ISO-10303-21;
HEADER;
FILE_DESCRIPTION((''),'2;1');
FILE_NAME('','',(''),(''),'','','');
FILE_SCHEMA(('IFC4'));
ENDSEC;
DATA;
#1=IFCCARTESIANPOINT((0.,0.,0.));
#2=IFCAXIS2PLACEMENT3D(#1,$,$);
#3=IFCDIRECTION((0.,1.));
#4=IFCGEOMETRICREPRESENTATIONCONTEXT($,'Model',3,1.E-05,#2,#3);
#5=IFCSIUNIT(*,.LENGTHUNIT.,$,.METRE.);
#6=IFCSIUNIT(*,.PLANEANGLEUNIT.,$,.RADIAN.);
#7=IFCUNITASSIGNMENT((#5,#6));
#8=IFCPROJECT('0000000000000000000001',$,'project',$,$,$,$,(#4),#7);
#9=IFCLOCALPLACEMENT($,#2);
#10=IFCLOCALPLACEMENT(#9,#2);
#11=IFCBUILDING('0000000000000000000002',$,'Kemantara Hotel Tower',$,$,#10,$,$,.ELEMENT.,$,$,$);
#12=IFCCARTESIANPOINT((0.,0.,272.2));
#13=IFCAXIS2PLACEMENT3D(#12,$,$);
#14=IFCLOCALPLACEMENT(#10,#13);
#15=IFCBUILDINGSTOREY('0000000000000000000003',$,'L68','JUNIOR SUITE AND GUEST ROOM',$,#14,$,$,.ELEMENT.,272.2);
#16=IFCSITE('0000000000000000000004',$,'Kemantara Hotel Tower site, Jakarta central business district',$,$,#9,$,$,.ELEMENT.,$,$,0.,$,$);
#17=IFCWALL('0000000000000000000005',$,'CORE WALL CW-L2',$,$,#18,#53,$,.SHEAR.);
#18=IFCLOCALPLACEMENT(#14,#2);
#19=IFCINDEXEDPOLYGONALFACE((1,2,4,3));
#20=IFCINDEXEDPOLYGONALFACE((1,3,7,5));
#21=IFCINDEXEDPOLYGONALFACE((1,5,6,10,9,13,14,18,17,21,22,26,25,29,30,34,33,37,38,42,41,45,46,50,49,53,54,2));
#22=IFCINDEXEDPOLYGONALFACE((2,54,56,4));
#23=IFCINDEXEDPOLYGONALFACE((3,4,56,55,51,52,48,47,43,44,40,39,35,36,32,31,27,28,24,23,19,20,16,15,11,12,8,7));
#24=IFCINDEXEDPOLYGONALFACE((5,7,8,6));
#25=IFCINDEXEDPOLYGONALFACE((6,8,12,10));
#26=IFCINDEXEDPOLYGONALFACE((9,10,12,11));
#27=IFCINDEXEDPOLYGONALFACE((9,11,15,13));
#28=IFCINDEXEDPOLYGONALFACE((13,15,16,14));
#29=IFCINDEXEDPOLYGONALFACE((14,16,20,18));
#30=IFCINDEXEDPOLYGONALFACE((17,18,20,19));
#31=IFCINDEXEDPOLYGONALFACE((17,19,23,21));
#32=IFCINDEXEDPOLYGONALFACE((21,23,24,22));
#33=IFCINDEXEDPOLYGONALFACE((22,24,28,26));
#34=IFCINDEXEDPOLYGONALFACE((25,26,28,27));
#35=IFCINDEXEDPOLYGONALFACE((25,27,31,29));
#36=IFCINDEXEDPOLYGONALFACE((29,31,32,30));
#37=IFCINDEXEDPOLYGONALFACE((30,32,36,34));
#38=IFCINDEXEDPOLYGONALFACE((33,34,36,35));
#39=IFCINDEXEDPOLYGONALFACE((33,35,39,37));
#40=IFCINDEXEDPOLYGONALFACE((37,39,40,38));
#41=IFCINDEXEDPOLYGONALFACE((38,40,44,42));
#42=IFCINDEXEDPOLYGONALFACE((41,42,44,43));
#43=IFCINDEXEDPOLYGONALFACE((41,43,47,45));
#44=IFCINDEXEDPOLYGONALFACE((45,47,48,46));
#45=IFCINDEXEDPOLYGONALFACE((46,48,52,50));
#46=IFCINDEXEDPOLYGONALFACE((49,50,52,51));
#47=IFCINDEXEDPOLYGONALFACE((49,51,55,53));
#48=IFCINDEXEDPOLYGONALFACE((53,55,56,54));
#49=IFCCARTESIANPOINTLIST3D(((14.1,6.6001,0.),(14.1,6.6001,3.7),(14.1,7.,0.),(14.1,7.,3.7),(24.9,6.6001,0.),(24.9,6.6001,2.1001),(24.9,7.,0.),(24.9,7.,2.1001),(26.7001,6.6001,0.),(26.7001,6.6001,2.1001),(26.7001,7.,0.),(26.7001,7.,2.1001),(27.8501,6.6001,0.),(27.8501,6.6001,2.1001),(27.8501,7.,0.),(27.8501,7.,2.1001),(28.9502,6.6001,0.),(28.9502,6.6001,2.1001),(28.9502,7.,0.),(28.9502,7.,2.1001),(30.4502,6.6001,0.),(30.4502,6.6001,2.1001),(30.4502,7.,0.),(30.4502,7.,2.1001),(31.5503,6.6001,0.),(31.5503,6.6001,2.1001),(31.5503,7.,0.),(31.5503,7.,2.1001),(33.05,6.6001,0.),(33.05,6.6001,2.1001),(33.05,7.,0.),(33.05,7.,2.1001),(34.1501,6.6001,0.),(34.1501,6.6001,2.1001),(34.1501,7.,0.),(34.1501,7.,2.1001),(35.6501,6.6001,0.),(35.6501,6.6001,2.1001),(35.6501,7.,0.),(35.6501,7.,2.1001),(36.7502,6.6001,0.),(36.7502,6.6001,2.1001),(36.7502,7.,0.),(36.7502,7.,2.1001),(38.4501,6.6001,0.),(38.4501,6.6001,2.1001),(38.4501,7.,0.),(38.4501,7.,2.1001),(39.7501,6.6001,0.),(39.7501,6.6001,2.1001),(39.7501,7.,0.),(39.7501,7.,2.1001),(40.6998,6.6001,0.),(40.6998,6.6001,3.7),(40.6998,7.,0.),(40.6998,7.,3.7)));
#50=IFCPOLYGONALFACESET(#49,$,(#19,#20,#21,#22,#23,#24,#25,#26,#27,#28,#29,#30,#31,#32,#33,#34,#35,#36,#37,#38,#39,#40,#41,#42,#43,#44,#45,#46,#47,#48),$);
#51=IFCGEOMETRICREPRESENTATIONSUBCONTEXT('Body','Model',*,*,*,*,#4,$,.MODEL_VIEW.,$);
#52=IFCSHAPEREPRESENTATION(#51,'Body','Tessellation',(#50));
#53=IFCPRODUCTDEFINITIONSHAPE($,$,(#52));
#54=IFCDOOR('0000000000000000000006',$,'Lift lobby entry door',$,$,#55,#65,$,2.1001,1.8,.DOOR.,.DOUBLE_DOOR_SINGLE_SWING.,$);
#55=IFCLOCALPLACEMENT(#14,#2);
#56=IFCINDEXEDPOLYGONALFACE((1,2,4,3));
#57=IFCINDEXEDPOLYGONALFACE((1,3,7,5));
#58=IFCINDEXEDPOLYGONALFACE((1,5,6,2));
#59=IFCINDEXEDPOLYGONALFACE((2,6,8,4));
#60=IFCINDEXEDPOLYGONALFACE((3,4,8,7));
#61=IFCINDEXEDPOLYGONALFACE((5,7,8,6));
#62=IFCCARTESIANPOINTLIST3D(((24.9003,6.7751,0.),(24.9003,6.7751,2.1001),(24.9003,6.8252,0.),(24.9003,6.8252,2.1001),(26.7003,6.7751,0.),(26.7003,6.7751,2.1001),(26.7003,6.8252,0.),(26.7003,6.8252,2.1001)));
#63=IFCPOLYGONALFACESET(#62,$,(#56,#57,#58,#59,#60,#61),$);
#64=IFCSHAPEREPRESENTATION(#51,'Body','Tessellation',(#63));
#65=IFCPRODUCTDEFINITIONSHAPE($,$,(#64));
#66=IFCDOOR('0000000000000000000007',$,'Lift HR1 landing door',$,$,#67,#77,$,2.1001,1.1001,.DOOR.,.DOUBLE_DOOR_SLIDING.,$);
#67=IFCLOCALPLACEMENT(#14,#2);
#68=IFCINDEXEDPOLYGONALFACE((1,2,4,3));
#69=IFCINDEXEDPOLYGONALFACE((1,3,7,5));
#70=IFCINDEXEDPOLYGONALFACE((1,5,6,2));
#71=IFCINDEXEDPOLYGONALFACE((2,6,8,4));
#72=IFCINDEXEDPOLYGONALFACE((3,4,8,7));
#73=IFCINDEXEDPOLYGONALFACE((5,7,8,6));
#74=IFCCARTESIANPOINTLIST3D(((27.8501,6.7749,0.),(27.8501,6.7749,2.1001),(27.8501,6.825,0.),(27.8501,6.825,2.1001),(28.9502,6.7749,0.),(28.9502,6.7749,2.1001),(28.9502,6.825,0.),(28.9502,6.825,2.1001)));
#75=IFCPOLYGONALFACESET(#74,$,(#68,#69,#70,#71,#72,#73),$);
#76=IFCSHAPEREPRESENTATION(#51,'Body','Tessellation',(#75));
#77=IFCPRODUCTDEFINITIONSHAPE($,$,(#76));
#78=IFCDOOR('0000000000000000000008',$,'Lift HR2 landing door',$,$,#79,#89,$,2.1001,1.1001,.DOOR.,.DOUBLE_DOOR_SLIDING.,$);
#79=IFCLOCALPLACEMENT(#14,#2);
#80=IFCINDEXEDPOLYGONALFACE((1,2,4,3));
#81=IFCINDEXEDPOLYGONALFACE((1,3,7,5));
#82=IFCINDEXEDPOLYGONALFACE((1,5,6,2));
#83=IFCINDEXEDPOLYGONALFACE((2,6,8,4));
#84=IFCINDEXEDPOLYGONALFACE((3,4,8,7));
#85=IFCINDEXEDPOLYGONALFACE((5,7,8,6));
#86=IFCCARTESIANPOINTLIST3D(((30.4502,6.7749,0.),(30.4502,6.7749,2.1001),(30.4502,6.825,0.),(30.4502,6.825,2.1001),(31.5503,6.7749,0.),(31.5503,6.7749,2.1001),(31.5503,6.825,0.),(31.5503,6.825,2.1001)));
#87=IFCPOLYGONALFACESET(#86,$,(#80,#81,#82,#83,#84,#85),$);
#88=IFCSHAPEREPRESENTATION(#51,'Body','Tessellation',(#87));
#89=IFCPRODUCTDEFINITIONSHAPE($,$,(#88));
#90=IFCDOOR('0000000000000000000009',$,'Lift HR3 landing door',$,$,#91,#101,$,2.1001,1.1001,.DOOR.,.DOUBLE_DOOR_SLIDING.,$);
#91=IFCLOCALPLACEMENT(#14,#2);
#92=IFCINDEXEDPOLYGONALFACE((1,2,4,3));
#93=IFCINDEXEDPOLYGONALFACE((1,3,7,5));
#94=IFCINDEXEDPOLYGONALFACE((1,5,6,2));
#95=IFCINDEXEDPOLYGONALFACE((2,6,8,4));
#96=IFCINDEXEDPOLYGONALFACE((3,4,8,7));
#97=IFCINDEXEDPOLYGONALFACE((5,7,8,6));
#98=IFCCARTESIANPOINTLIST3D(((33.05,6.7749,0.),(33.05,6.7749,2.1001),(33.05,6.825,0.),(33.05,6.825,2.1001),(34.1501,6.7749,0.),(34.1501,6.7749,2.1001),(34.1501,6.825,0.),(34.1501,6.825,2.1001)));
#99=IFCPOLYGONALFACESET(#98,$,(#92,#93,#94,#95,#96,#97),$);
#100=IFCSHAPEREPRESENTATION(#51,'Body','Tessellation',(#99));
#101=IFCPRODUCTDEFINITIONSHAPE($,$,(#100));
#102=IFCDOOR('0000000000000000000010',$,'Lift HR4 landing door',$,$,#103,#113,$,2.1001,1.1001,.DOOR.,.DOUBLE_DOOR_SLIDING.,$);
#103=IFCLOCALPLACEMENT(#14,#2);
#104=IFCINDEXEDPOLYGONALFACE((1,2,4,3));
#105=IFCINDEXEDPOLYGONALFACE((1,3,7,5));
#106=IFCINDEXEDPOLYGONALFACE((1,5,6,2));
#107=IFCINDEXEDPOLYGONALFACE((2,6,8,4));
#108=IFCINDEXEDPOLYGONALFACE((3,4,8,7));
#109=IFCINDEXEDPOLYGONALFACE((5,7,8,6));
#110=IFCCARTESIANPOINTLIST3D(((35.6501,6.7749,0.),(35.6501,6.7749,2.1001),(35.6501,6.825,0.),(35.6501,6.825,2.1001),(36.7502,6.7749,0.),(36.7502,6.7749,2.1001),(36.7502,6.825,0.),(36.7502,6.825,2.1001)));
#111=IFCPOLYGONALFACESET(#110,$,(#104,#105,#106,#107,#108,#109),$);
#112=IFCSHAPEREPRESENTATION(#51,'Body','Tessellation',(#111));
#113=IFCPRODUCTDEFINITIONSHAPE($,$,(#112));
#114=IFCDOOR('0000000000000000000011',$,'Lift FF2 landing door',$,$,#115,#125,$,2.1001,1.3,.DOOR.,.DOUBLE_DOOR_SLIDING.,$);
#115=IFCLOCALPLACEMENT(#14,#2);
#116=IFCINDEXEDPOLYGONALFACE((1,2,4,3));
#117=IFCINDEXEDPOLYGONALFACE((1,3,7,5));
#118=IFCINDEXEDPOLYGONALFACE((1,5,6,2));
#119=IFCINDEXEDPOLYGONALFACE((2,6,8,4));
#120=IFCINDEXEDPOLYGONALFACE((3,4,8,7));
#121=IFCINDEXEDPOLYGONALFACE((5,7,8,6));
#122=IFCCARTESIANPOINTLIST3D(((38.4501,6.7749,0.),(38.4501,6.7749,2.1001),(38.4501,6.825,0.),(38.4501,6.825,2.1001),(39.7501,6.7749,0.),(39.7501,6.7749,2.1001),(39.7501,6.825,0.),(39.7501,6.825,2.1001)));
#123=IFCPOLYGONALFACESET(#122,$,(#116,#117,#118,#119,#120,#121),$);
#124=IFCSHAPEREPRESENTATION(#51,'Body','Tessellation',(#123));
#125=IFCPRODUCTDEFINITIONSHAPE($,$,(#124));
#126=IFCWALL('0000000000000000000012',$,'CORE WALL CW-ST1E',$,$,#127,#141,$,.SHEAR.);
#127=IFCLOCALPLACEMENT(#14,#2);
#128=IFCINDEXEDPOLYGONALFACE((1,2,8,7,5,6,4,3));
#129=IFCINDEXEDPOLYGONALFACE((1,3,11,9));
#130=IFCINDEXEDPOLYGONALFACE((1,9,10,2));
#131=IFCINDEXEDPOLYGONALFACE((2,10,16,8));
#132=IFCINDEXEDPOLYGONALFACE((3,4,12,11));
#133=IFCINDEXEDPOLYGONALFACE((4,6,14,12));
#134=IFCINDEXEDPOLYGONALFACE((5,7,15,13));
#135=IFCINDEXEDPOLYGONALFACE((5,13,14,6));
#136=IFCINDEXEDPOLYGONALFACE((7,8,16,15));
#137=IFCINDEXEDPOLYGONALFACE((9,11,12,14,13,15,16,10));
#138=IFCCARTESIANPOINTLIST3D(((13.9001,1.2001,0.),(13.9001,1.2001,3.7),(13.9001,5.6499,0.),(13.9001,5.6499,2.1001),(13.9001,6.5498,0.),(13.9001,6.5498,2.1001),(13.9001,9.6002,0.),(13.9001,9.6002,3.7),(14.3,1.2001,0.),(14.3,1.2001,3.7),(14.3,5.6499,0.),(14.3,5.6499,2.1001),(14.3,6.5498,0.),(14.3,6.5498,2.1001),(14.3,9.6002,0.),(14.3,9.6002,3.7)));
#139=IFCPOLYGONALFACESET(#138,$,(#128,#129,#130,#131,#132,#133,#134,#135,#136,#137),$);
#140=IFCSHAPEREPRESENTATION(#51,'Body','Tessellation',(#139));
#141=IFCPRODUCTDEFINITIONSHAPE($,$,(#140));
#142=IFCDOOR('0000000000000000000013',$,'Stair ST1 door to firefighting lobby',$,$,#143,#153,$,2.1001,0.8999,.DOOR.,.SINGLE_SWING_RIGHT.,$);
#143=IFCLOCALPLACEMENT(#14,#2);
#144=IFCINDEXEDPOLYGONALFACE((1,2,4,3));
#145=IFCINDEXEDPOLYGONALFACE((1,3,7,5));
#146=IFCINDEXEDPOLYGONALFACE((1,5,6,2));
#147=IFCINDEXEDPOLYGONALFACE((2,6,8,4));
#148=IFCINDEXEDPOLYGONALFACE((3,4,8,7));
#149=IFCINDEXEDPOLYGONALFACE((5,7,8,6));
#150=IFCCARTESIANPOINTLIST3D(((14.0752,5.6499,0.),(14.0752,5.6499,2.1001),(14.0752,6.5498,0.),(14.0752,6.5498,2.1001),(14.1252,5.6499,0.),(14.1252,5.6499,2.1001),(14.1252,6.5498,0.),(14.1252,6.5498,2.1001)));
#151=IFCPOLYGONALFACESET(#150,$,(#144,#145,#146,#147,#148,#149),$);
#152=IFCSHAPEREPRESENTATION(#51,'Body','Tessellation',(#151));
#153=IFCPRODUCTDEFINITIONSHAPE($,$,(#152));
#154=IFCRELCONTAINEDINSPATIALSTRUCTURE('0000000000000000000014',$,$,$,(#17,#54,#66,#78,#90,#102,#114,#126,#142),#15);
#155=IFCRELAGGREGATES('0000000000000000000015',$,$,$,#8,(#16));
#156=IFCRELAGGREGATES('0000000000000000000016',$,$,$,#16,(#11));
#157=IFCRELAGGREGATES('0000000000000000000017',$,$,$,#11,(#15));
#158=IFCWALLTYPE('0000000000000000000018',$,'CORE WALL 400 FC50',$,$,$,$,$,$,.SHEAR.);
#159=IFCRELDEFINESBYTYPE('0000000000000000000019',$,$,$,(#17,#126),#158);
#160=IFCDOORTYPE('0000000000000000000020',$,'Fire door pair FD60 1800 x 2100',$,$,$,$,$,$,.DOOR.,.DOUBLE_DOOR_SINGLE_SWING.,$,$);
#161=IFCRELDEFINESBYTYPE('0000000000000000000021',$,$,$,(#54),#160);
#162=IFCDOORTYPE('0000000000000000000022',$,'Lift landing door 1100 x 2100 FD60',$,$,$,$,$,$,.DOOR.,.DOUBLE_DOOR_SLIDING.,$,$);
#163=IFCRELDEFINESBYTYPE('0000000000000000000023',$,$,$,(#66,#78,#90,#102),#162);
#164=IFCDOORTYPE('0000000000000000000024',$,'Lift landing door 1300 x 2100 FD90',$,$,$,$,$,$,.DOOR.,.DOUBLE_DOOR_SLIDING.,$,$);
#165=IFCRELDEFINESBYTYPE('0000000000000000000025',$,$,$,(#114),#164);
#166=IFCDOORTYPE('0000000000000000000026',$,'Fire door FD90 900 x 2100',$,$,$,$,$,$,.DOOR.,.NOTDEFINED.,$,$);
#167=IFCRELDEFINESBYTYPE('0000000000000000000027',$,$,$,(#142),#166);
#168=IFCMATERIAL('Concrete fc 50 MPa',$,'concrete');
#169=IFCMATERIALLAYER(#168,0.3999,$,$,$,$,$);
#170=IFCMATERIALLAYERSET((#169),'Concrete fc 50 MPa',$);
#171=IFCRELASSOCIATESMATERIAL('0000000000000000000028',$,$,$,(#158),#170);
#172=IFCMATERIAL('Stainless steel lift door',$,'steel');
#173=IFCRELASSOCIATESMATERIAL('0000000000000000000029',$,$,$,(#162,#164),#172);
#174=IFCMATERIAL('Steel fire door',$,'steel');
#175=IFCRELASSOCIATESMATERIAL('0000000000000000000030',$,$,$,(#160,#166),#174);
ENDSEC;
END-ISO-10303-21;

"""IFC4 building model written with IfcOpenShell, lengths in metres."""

from ifc_helpers import new_model, si_unit, direction, frame, frame_2d, origin, place, context, subcontext, project, spatial, rectangle, extrude, material, layer, layer_set, type_object, element, fill, save


model = new_model("IFC4")

# Units and contexts
model_context = context("Model", 3, precision=1e-05, world=origin(), true_north=direction((0.0, 1.0)))
body_context = subcontext(model_context, "Body", "Model", "MODEL_VIEW")
ifc_project = project(units=[si_unit("LENGTHUNIT", "METRE"), si_unit("PLANEANGLEUNIT", "RADIAN")], contexts=[model_context])

# Site, building, storey
site_placement = place(None, origin())
site = spatial("IfcSite", under=ifc_project, at=site_placement, Name="Kemantara Hotel Tower site, Jakarta central business district", CompositionType="ELEMENT", RefElevation=0.0)
building_placement = place(site_placement, origin())
building = spatial("IfcBuilding", under=site, at=building_placement, Name="Kemantara Hotel Tower", CompositionType="ELEMENT")
storey_placement = place(building_placement, frame((0.0, 0.0, 272.2)))
storey = spatial("IfcBuildingStorey", under=building, at=storey_placement, Name="L68", Description="JUNIOR SUITE AND GUEST ROOM", CompositionType="ELEMENT", Elevation=272.2)

# Shared definitions
ifc_material_1 = material(Name="Concrete fc 50 MPa", Category="concrete")

# Wall, openings, doors
ifc_layer_1 = layer(ifc_material_1, 0.3999)
ifc_layer_set_1 = layer_set([ifc_layer_1], Name="Concrete fc 50 MPa")
wall_type_1 = type_object("IfcWallType", Name="CORE WALL 400 FC50", PredefinedType="SHEAR", material=ifc_layer_set_1)
ifc_material_2 = material(Name="Steel fire door", Category="steel")
ifc_material_3 = material(Name="Stainless steel lift door", Category="steel")
door_type_1 = type_object("IfcDoorType", Name="Lift landing door 1100 x 2100 FD60", OperationType="DOUBLE_DOOR_SLIDING", PredefinedType="DOOR", material=ifc_material_3)
door_type_2 = type_object("IfcDoorType", Name="Lift landing door 1300 x 2100 FD90", OperationType="DOUBLE_DOOR_SLIDING", PredefinedType="DOOR", material=ifc_material_3)
wall_1_placement = place(storey_placement, frame((14.1001, 6.8, 0.0), z_axis=(0.0, 0.0, 1.0), x_axis=(1.0, 0.0, 0.0)))
wall_1 = element("IfcWall", 1, at=wall_1_placement, inside=storey, type_object=wall_type_1, Name="CORE WALL CW-L2", PredefinedType="SHEAR", context=body_context, shape_type="SweptSolid", body=[
    extrude(rectangle(XDim=26.5999, YDim=0.3999, at=frame_2d((13.2998, 0.0))), origin(), (0.0, 0.0, 1.0), 3.7),
])
opening_1_placement = place(wall_1_placement, frame((10.8, 0.0, 0.0)))
opening_1 = element("IfcOpeningElement", 2, at=opening_1_placement, cuts=wall_1, PredefinedType="OPENING", context=body_context, shape_type="SweptSolid", body=[
    extrude(rectangle(XDim=1.8, YDim=2.1001, at=frame_2d((0.8999, 1.05))), frame((0.0, 0.21, 0.0), z_axis=(0.0, -1.0, 0.0), x_axis=(1.0, 0.0, 0.0)), (0.0, 0.0, 1.0), 0.4199),
])
opening_2_placement = place(wall_1_placement, frame((13.75, 0.0, 0.0)))
opening_2 = element("IfcOpeningElement", 3, at=opening_2_placement, cuts=wall_1, PredefinedType="OPENING", context=body_context, shape_type="SweptSolid", body=[
    extrude(rectangle(XDim=1.1001, YDim=2.1001, at=frame_2d((0.55, 1.05))), frame((0.0, 0.21, 0.0), z_axis=(0.0, -1.0, 0.0), x_axis=(1.0, 0.0, 0.0)), (0.0, 0.0, 1.0), 0.4199),
])
opening_3_placement = place(wall_1_placement, frame((16.3501, 0.0, 0.0)))
opening_3 = element("IfcOpeningElement", 4, at=opening_3_placement, cuts=wall_1, PredefinedType="OPENING", context=body_context, shape_type="SweptSolid", body=[
    extrude(rectangle(XDim=1.1001, YDim=2.1001, at=frame_2d((0.55, 1.05))), frame((0.0, 0.21, 0.0), z_axis=(0.0, -1.0, 0.0), x_axis=(1.0, 0.0, 0.0)), (0.0, 0.0, 1.0), 0.4199),
])
opening_4_placement = place(wall_1_placement, frame((18.95, 0.0, 0.0)))
opening_4 = element("IfcOpeningElement", 5, at=opening_4_placement, cuts=wall_1, PredefinedType="OPENING", context=body_context, shape_type="SweptSolid", body=[
    extrude(rectangle(XDim=1.1001, YDim=2.1001, at=frame_2d((0.55, 1.05))), frame((0.0, 0.21, 0.0), z_axis=(0.0, -1.0, 0.0), x_axis=(1.0, 0.0, 0.0)), (0.0, 0.0, 1.0), 0.4199),
])
opening_5_placement = place(wall_1_placement, frame((21.55, 0.0, 0.0)))
opening_5 = element("IfcOpeningElement", 6, at=opening_5_placement, cuts=wall_1, PredefinedType="OPENING", context=body_context, shape_type="SweptSolid", body=[
    extrude(rectangle(XDim=1.1001, YDim=2.1001, at=frame_2d((0.55, 1.05))), frame((0.0, 0.21, 0.0), z_axis=(0.0, -1.0, 0.0), x_axis=(1.0, 0.0, 0.0)), (0.0, 0.0, 1.0), 0.4199),
])
opening_6_placement = place(wall_1_placement, frame((24.3501, 0.0, 0.0)))
opening_6 = element("IfcOpeningElement", 7, at=opening_6_placement, cuts=wall_1, PredefinedType="OPENING", context=body_context, shape_type="SweptSolid", body=[
    extrude(rectangle(XDim=1.3, YDim=2.1001, at=frame_2d((0.6499, 1.05))), frame((0.0, 0.21, 0.0), z_axis=(0.0, -1.0, 0.0), x_axis=(1.0, 0.0, 0.0)), (0.0, 0.0, 1.0), 0.4199),
])
door_type_3 = type_object("IfcDoorType", Name="Fire door pair FD60 1800 x 2100", OperationType="DOUBLE_DOOR_SINGLE_SWING", PredefinedType="DOOR", material=ifc_material_2)
door_1_placement = place(opening_1_placement, frame((1.8, 0.0, 0.0), z_axis=(0.0, 0.0, 1.0), x_axis=(-1.0, 0.0, 0.0)))
door_1 = element("IfcDoor", 8, at=door_1_placement, inside=storey, type_object=door_type_3, Name="Lift lobby entry door", OperationType="DOUBLE_DOOR_SINGLE_SWING", OverallHeight=2.1001, OverallWidth=1.8, PredefinedType="DOOR", context=body_context, shape_type="SweptSolid", body=[
    extrude(rectangle(XDim=1.8, YDim=2.1001, at=frame_2d((0.8999, 1.05))), frame((0.0, 0.0249, 0.0), z_axis=(0.0, -1.0, 0.0), x_axis=(1.0, 0.0, 0.0)), (0.0, 0.0, 1.0), 0.05),
])
fill(opening_1, door_1)
door_2_placement = place(opening_2_placement, origin())
door_2 = element("IfcDoor", 9, at=door_2_placement, inside=storey, type_object=door_type_1, Name="Lift HR1 landing door", OperationType="DOUBLE_DOOR_SLIDING", OverallHeight=2.1001, OverallWidth=1.1001, PredefinedType="DOOR", context=body_context, shape_type="SweptSolid", body=[
    extrude(rectangle(XDim=1.1001, YDim=2.1001, at=frame_2d((0.55, 1.05))), frame((0.0, 0.0249, 0.0), z_axis=(0.0, -1.0, 0.0), x_axis=(1.0, 0.0, 0.0)), (0.0, 0.0, 1.0), 0.05),
])
fill(opening_2, door_2)
door_3_placement = place(opening_3_placement, origin())
door_3 = element("IfcDoor", 10, at=door_3_placement, inside=storey, type_object=door_type_1, Name="Lift HR2 landing door", OperationType="DOUBLE_DOOR_SLIDING", OverallHeight=2.1001, OverallWidth=1.1001, PredefinedType="DOOR", context=body_context, shape_type="SweptSolid", body=[
    extrude(rectangle(XDim=1.1001, YDim=2.1001, at=frame_2d((0.55, 1.05))), frame((0.0, 0.0249, 0.0), z_axis=(0.0, -1.0, 0.0), x_axis=(1.0, 0.0, 0.0)), (0.0, 0.0, 1.0), 0.05),
])
fill(opening_3, door_3)
door_4_placement = place(opening_4_placement, origin())
door_4 = element("IfcDoor", 11, at=door_4_placement, inside=storey, type_object=door_type_1, Name="Lift HR3 landing door", OperationType="DOUBLE_DOOR_SLIDING", OverallHeight=2.1001, OverallWidth=1.1001, PredefinedType="DOOR", context=body_context, shape_type="SweptSolid", body=[
    extrude(rectangle(XDim=1.1001, YDim=2.1001, at=frame_2d((0.55, 1.05))), frame((0.0, 0.0249, 0.0), z_axis=(0.0, -1.0, 0.0), x_axis=(1.0, 0.0, 0.0)), (0.0, 0.0, 1.0), 0.05),
])
fill(opening_4, door_4)
door_5_placement = place(opening_5_placement, origin())
door_5 = element("IfcDoor", 12, at=door_5_placement, inside=storey, type_object=door_type_1, Name="Lift HR4 landing door", OperationType="DOUBLE_DOOR_SLIDING", OverallHeight=2.1001, OverallWidth=1.1001, PredefinedType="DOOR", context=body_context, shape_type="SweptSolid", body=[
    extrude(rectangle(XDim=1.1001, YDim=2.1001, at=frame_2d((0.55, 1.05))), frame((0.0, 0.0249, 0.0), z_axis=(0.0, -1.0, 0.0), x_axis=(1.0, 0.0, 0.0)), (0.0, 0.0, 1.0), 0.05),
])
fill(opening_5, door_5)
door_6_placement = place(opening_6_placement, origin())
door_6 = element("IfcDoor", 13, at=door_6_placement, inside=storey, type_object=door_type_2, Name="Lift FF2 landing door", OperationType="DOUBLE_DOOR_SLIDING", OverallHeight=2.1001, OverallWidth=1.3, PredefinedType="DOOR", context=body_context, shape_type="SweptSolid", body=[
    extrude(rectangle(XDim=1.3, YDim=2.1001, at=frame_2d((0.6499, 1.05))), frame((0.0, 0.0249, 0.0), z_axis=(0.0, -1.0, 0.0), x_axis=(1.0, 0.0, 0.0)), (0.0, 0.0, 1.0), 0.05),
])
fill(opening_6, door_6)

# Wall, opening, door
wall_2_placement = place(storey_placement, frame((14.1001, 1.2, 0.0), z_axis=(0.0, 0.0, 1.0), x_axis=(0.0, 1.0, 0.0)))
wall_2 = element("IfcWall", 14, at=wall_2_placement, inside=storey, type_object=wall_type_1, Name="CORE WALL CW-ST1E", PredefinedType="SHEAR", context=body_context, shape_type="SweptSolid", body=[
    extrude(rectangle(XDim=8.4001, YDim=0.3999, at=frame_2d((4.2002, 0.0))), origin(), (0.0, 0.0, 1.0), 3.7),
])
opening_7_placement = place(wall_2_placement, frame((4.45, 0.0, 0.0)))
opening_7 = element("IfcOpeningElement", 15, at=opening_7_placement, cuts=wall_2, PredefinedType="OPENING", context=body_context, shape_type="SweptSolid", body=[
    extrude(rectangle(XDim=0.8999, YDim=2.1001, at=frame_2d((0.45, 1.05))), frame((0.0, 0.21, 0.0), z_axis=(0.0, -1.0, 0.0), x_axis=(1.0, 0.0, 0.0)), (0.0, 0.0, 1.0), 0.4199),
])
door_type_4 = type_object("IfcDoorType", Name="Fire door FD90 900 x 2100", OperationType="NOTDEFINED", PredefinedType="DOOR", material=ifc_material_2)
door_7_placement = place(opening_7_placement, origin())
door_7 = element("IfcDoor", 16, at=door_7_placement, inside=storey, type_object=door_type_4, Name="Stair ST1 door to firefighting lobby", OperationType="SINGLE_SWING_RIGHT", OverallHeight=2.1001, OverallWidth=0.8999, PredefinedType="DOOR", context=body_context, shape_type="SweptSolid", body=[
    extrude(rectangle(XDim=0.8999, YDim=2.1001, at=frame_2d((0.45, 1.05))), frame((0.0, 0.0249, 0.0), z_axis=(0.0, -1.0, 0.0), x_axis=(1.0, 0.0, 0.0)), (0.0, 0.0, 1.0), 0.05),
])
fill(opening_7, door_7)

save(model, "model.ifc")
